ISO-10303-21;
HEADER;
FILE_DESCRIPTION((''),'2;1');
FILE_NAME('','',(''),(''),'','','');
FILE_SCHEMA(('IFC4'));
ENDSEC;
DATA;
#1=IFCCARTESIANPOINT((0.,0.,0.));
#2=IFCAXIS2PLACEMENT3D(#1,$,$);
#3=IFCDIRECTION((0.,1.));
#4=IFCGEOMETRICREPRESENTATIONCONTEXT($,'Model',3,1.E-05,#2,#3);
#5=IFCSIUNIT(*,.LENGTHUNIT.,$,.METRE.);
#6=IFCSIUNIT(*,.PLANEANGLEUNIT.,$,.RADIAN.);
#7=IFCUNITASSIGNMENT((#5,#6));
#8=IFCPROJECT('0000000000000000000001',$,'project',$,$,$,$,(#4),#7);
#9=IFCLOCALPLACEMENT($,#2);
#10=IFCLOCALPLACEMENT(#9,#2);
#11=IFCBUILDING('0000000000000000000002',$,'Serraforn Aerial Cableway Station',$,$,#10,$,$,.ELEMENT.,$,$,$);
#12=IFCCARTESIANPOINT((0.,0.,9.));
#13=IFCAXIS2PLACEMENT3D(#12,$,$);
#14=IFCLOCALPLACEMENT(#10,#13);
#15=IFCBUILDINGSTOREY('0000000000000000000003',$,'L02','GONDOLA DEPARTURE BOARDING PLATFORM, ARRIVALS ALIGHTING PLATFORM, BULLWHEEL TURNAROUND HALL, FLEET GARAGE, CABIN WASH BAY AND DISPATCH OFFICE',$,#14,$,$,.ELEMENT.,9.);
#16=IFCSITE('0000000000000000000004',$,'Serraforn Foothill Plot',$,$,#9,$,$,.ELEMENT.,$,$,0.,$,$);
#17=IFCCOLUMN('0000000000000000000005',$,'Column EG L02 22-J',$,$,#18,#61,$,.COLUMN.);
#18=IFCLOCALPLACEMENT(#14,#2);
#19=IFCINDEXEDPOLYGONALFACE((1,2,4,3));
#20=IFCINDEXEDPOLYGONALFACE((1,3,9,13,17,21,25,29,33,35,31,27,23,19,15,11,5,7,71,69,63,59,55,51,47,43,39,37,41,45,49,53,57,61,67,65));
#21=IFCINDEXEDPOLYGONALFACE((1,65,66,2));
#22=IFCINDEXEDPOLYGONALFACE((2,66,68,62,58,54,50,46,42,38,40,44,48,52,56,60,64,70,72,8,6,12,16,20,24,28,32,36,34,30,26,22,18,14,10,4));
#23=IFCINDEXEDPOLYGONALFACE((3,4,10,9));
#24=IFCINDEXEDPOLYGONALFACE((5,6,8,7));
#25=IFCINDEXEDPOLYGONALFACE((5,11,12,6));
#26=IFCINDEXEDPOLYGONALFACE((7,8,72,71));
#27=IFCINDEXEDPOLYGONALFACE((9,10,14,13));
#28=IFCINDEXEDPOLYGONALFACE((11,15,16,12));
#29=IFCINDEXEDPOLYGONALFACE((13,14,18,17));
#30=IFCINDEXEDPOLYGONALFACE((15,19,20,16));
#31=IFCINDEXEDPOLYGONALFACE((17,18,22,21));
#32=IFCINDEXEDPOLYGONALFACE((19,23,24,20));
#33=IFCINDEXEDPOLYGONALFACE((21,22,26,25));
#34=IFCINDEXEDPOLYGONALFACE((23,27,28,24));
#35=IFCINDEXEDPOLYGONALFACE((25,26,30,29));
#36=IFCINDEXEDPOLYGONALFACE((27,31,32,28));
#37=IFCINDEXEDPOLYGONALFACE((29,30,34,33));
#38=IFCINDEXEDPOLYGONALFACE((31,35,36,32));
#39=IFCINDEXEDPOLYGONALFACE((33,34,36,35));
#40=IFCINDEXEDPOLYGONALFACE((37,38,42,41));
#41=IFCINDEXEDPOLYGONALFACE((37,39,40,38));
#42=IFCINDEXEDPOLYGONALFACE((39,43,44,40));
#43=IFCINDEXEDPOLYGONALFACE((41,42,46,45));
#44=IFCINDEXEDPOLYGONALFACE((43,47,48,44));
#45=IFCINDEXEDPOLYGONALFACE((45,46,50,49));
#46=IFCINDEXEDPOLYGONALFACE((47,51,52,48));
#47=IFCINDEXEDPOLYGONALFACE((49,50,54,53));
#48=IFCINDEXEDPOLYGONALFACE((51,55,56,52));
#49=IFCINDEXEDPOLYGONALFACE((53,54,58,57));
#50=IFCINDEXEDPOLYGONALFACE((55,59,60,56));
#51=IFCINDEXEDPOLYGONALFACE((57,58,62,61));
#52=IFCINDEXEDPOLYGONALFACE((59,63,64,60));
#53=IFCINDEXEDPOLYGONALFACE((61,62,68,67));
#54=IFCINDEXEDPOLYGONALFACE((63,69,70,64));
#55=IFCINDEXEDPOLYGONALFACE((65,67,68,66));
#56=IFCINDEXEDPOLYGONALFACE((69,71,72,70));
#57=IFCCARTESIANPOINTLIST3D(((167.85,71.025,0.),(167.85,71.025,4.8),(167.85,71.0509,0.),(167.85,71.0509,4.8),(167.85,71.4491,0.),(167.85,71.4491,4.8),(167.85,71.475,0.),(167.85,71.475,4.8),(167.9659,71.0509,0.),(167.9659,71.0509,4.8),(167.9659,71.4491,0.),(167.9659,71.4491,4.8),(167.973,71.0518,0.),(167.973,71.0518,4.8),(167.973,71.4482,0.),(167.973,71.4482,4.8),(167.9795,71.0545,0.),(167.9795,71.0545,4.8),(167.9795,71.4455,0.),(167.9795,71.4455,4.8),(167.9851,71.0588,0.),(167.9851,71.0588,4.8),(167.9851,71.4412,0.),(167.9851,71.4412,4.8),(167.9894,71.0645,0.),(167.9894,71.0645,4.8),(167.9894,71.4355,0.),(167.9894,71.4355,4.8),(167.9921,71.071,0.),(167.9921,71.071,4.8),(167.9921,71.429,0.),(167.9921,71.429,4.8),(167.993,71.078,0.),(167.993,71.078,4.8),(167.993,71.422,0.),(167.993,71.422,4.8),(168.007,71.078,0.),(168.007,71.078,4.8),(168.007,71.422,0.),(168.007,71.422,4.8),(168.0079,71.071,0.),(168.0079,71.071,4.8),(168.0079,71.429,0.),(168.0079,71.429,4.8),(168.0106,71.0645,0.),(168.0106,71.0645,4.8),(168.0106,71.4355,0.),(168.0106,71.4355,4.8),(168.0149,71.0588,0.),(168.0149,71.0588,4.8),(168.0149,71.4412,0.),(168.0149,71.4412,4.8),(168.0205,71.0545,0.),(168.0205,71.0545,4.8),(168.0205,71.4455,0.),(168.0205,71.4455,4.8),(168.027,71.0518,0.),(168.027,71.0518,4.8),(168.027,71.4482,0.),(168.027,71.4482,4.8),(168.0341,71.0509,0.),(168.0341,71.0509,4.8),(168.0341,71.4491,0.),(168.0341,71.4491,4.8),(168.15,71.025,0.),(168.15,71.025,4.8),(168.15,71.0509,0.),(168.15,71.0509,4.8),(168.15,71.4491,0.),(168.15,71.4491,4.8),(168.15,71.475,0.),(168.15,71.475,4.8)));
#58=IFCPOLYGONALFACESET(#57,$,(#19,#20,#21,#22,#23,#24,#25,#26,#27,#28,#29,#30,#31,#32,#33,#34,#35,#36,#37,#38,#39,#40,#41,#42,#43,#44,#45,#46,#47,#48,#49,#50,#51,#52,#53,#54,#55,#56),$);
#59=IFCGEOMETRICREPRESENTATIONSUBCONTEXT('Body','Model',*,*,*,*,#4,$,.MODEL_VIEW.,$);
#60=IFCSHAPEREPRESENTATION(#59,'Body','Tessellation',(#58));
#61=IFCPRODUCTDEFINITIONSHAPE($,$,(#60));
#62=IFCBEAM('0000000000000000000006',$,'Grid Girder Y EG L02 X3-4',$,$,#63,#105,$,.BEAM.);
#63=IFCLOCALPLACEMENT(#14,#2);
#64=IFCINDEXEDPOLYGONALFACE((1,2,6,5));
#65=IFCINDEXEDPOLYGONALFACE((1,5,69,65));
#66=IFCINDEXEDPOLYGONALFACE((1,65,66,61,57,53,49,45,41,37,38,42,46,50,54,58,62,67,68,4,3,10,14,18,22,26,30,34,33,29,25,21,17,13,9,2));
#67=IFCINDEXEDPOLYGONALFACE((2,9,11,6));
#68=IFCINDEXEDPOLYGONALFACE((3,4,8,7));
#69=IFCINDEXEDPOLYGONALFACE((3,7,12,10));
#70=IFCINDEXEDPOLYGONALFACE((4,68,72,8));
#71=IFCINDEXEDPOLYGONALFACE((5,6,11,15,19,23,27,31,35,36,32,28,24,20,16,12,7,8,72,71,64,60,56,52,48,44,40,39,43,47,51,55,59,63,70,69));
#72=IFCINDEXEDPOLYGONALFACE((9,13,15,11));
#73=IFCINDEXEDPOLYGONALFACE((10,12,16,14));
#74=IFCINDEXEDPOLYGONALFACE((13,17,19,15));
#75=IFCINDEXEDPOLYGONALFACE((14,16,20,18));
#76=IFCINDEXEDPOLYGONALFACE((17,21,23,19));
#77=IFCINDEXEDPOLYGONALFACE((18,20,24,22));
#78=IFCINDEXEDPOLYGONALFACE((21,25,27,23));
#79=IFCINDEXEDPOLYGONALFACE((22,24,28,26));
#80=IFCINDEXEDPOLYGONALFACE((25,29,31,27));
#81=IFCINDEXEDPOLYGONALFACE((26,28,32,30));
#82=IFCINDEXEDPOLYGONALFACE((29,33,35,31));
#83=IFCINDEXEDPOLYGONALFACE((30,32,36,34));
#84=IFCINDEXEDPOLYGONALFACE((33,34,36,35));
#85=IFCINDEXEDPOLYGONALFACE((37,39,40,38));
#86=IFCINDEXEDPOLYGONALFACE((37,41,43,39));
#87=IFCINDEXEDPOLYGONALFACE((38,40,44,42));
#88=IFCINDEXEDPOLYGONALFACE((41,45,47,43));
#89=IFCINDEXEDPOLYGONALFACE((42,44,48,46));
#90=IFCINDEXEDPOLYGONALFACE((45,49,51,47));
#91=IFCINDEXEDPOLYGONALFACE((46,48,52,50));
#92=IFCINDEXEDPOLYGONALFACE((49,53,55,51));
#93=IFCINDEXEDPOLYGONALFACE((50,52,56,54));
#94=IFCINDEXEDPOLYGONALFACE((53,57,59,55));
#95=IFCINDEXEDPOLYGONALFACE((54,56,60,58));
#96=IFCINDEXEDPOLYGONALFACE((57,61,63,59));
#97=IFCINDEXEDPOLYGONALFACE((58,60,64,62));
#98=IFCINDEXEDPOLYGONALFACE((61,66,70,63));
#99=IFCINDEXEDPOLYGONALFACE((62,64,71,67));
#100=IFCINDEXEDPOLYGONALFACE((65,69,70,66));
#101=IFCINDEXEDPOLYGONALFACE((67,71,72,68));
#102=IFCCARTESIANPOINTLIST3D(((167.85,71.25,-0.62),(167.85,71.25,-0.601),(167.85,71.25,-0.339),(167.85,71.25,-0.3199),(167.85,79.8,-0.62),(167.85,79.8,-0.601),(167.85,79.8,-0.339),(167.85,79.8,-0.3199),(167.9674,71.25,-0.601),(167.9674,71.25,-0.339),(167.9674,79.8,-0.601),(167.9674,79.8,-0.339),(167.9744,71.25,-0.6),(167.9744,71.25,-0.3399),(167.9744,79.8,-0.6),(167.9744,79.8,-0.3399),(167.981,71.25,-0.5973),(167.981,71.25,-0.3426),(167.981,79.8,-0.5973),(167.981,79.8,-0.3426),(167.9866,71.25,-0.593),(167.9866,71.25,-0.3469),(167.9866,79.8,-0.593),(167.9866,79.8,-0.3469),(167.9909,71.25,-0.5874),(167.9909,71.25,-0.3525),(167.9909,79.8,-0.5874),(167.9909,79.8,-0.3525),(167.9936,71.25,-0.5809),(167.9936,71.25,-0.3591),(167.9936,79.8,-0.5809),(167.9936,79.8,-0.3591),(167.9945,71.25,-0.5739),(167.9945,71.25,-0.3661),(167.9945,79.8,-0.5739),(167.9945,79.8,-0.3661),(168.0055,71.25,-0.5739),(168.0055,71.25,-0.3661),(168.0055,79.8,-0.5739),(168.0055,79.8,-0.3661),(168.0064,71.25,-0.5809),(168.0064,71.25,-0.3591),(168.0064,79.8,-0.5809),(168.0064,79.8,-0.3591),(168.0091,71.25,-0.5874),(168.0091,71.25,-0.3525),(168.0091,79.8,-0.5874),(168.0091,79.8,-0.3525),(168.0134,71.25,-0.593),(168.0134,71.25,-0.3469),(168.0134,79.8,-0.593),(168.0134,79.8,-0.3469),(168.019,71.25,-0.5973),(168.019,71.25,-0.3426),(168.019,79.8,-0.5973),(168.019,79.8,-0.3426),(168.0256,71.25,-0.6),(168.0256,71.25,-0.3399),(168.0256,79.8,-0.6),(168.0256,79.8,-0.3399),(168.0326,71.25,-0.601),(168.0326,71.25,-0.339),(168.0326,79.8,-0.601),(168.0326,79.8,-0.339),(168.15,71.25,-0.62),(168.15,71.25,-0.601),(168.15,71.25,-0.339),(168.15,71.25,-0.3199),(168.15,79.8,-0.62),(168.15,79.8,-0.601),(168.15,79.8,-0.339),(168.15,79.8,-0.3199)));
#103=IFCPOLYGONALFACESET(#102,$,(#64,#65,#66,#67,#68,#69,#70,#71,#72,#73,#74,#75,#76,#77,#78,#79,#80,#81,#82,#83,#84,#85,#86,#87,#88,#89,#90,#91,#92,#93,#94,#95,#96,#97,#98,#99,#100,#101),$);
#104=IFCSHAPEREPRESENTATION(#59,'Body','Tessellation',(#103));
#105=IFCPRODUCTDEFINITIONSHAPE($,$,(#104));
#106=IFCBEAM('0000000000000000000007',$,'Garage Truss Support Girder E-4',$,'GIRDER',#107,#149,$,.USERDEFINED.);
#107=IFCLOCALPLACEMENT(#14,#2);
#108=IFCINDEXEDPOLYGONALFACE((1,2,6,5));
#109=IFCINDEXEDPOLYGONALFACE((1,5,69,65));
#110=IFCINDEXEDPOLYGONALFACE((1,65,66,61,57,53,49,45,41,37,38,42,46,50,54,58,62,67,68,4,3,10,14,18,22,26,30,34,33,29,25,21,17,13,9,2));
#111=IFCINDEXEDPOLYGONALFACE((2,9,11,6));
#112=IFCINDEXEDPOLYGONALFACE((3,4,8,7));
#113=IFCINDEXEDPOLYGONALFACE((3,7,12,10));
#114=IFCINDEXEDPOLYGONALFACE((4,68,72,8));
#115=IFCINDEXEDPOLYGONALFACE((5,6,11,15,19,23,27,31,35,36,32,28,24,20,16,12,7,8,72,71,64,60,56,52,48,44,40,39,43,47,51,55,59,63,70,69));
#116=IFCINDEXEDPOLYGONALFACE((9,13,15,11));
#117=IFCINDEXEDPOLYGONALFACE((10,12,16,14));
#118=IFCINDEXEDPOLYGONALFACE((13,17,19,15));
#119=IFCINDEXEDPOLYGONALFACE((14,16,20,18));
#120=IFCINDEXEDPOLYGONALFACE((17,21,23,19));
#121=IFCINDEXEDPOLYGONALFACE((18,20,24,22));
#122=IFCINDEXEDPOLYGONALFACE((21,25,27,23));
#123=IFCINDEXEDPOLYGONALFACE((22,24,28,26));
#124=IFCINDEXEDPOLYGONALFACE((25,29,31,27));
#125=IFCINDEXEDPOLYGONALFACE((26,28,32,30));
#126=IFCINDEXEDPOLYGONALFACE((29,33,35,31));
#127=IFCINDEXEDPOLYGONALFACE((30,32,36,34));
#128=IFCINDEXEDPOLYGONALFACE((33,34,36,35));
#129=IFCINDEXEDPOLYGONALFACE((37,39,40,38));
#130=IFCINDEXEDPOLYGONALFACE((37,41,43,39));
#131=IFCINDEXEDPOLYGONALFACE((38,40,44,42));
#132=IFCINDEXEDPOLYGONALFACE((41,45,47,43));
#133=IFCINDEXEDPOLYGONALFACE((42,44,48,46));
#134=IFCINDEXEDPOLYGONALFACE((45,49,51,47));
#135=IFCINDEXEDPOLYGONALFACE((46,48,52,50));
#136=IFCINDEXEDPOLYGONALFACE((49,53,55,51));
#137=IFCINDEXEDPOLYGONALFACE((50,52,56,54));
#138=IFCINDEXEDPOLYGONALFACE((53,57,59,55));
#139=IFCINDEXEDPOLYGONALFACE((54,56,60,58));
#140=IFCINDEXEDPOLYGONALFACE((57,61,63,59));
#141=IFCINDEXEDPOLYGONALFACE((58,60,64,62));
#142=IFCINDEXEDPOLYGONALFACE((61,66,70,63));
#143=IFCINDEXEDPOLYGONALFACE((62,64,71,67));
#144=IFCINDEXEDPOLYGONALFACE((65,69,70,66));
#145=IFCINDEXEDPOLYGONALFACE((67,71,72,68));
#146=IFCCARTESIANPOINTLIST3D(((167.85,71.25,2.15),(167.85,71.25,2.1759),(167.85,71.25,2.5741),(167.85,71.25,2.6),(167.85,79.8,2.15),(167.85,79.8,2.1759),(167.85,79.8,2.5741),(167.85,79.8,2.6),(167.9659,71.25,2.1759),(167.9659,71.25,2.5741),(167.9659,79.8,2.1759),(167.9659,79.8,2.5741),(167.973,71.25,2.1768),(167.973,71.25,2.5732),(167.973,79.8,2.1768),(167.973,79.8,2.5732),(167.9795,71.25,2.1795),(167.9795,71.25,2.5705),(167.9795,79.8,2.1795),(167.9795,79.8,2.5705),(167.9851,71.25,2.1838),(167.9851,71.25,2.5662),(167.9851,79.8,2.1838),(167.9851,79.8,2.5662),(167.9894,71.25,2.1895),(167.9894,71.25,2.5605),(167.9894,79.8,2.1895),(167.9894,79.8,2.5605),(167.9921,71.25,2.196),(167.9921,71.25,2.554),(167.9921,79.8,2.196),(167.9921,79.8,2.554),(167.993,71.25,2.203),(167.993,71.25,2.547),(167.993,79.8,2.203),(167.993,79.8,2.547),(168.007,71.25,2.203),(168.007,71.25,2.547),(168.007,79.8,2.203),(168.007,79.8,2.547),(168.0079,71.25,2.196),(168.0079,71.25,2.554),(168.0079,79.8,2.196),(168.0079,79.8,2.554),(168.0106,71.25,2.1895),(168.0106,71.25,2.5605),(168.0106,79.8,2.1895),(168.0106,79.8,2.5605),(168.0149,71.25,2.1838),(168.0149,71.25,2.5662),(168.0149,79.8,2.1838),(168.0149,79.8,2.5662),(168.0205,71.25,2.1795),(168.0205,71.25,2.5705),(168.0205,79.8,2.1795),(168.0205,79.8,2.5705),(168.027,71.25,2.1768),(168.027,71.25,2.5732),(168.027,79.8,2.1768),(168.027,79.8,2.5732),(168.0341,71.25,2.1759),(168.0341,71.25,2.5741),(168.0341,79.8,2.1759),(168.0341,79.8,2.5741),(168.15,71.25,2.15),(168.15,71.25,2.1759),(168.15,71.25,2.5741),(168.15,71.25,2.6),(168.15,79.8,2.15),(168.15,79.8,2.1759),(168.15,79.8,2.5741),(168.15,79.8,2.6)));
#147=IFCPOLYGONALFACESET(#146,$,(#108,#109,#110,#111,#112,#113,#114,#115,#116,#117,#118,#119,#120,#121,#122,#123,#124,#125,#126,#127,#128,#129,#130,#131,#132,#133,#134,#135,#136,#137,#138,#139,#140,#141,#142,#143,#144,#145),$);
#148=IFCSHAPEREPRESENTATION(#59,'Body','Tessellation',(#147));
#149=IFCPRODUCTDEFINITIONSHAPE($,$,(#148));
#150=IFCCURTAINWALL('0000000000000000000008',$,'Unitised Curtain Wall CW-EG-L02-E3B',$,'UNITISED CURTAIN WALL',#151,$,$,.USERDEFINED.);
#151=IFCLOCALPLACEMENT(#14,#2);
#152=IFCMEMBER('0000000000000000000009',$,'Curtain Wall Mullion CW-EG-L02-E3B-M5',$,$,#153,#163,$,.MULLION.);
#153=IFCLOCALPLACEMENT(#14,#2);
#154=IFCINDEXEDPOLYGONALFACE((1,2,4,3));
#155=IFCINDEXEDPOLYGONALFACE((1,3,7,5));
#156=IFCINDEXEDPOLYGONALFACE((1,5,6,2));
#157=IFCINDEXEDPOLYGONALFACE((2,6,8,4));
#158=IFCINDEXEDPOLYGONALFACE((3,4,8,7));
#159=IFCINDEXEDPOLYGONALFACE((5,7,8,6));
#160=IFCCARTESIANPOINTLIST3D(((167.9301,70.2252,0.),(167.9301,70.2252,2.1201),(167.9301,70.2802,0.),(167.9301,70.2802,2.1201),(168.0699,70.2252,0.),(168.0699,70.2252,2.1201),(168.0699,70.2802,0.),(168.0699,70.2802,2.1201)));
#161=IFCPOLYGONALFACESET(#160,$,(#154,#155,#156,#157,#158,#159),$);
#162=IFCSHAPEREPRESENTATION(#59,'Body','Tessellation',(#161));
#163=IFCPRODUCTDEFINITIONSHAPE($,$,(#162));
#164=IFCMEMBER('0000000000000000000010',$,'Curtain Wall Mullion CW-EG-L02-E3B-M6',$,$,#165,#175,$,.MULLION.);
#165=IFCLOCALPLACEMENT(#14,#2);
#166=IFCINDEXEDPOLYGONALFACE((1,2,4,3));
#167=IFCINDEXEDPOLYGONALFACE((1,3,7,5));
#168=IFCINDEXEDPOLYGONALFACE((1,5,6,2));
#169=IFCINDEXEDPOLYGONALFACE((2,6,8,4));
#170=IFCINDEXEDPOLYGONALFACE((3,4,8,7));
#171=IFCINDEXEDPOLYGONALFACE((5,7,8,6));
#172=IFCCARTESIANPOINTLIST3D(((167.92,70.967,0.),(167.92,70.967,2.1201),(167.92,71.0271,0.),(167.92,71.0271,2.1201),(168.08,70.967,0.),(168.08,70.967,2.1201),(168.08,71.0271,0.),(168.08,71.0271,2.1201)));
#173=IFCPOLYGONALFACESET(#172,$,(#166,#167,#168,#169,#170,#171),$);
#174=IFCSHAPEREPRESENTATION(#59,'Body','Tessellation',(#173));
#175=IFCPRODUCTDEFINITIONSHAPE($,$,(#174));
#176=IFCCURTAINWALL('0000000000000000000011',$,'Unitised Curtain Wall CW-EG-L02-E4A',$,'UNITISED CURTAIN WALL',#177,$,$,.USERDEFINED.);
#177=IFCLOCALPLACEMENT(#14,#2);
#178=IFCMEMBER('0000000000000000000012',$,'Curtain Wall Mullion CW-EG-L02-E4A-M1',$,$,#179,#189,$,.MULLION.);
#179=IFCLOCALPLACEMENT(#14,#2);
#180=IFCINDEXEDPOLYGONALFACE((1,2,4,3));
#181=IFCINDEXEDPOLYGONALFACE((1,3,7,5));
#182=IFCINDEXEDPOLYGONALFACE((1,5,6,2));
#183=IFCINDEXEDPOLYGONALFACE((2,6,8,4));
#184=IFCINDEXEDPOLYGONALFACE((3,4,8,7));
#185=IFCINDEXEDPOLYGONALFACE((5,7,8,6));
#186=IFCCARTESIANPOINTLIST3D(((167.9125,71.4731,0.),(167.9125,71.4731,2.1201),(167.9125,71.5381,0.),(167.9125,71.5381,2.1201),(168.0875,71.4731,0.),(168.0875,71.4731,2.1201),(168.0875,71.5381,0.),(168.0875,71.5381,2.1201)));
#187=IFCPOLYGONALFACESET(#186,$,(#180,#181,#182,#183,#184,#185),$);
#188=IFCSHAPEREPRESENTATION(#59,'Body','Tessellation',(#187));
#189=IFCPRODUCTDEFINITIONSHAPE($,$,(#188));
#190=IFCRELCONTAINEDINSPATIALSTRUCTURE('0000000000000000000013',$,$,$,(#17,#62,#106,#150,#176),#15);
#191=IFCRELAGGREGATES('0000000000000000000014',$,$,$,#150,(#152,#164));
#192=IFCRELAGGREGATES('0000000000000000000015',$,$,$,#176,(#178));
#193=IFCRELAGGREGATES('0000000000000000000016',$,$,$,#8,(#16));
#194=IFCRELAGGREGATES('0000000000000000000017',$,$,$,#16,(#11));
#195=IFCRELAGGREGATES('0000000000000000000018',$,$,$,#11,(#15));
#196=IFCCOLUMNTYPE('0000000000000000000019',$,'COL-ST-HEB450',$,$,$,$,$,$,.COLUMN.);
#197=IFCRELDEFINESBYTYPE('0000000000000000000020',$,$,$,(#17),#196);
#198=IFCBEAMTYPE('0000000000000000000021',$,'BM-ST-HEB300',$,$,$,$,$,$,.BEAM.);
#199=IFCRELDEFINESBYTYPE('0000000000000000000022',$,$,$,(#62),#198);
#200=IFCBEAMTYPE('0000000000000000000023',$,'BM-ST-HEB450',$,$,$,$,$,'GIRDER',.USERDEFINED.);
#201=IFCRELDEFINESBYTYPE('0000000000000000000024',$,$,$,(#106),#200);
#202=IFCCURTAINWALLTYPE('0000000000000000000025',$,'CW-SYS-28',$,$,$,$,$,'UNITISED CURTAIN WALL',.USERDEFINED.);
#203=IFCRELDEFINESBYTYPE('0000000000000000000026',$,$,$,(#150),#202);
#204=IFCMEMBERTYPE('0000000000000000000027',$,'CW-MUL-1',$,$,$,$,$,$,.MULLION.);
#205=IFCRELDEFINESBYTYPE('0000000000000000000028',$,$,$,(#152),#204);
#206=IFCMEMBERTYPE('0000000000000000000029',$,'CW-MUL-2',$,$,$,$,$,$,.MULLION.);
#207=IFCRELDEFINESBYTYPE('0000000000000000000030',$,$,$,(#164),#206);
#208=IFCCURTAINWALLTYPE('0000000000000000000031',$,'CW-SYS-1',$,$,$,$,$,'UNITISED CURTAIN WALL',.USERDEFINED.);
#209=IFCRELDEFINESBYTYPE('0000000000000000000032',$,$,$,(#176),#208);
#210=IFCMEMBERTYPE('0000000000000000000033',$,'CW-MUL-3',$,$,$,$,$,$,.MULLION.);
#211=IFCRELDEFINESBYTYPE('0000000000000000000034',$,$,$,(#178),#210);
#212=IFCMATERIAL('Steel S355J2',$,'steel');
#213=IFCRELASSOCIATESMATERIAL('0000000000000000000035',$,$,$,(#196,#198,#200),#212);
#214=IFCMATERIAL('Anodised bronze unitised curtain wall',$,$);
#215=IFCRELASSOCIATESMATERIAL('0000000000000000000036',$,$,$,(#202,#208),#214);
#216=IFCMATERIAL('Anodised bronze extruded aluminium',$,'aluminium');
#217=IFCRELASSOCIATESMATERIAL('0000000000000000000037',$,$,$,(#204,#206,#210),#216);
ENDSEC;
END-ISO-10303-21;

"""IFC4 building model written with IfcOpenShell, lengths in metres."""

from ifc_helpers import new_model, si_unit, direction, frame, origin, origin_2d, place, context, subcontext, project, spatial, rectangle, i_section, extrude, material, material_profile, profile_set, type_object, element, aggregate, save


model = new_model("IFC4")

# Units and contexts
model_context = context("Model", 3, precision=1e-05, world=origin(), true_north=direction((0.0, 1.0)))
body_context = subcontext(model_context, "Body", "Model", "MODEL_VIEW")
ifc_project = project(units=[si_unit("LENGTHUNIT", "METRE"), si_unit("PLANEANGLEUNIT", "RADIAN")], contexts=[model_context])

# Site, building, storey
site_placement = place(None, origin())
site = spatial("IfcSite", under=ifc_project, at=site_placement, Name="Serraforn Foothill Plot", CompositionType="ELEMENT", RefElevation=0.0)
building_placement = place(site_placement, origin())
building = spatial("IfcBuilding", under=site, at=building_placement, Name="Serraforn Aerial Cableway Station", CompositionType="ELEMENT")
storey_placement = place(building_placement, frame((0.0, 0.0, 9.0)))
storey = spatial("IfcBuildingStorey", under=building, at=storey_placement, Name="L02", Description="GONDOLA DEPARTURE BOARDING PLATFORM, ARRIVALS ALIGHTING PLATFORM, BULLWHEEL TURNAROUND HALL, FLEET GARAGE, CABIN WASH BAY AND DISPATCH OFFICE", CompositionType="ELEMENT", Elevation=9.0)

# Column
ifc_material_1 = material(Name="Steel S355J2", Category="steel")
ifc_material_profile_1 = material_profile(ifc_material_1, i_section(OverallWidth=0.3, OverallDepth=0.45, WebThickness=0.0139, FlangeThickness=0.0259, FilletRadius=0.0271, at=origin_2d()), Name="HEB 450")
ifc_profile_set_1 = profile_set([ifc_material_profile_1], Name="Steel S355J2")
column_type = type_object("IfcColumnType", Name="COL-ST-HEB450", PredefinedType="COLUMN", material=ifc_profile_set_1)
column_placement = place(storey_placement, frame((168.0, 71.25, 0.0), z_axis=(0.0, 0.0, 1.0), x_axis=(1.0, 0.0, 0.0)))
element("IfcColumn", 1, at=column_placement, inside=storey, type_object=column_type, Name="Column EG L02 22-J", PredefinedType="COLUMN", context=body_context, shape_type="SweptSolid", body=[
    extrude(i_section(OverallWidth=0.3, OverallDepth=0.45, WebThickness=0.0139, FlangeThickness=0.0259, FilletRadius=0.0271, at=origin_2d()), origin(), (0.0, 0.0, 1.0), 4.8),
])

# Beams
ifc_material_profile_2 = material_profile(ifc_material_1, i_section(OverallWidth=0.3, OverallDepth=0.3, WebThickness=0.011, FlangeThickness=0.019, FilletRadius=0.0271, at=origin_2d()), Name="HEB 300")
ifc_profile_set_2 = profile_set([ifc_material_profile_2], Name="Steel S355J2")
beam_type_1 = type_object("IfcBeamType", Name="BM-ST-HEB300", PredefinedType="BEAM", material=ifc_profile_set_2)
beam_1_placement = place(storey_placement, frame((168.0, 71.25, -0.47), z_axis=(0.0, 1.0, 0.0), x_axis=(-1.0, 0.0, 0.0)))
element("IfcBeam", 2, at=beam_1_placement, inside=storey, type_object=beam_type_1, Name="Grid Girder Y EG L02 X3-4", PredefinedType="BEAM", context=body_context, shape_type="SweptSolid", body=[
    extrude(i_section(OverallWidth=0.3, OverallDepth=0.3, WebThickness=0.011, FlangeThickness=0.019, FilletRadius=0.0271, at=origin_2d()), origin(), (0.0, 0.0, 1.0), 8.55),
])
ifc_material_profile_3 = material_profile(ifc_material_1, i_section(OverallWidth=0.3, OverallDepth=0.45, WebThickness=0.0139, FlangeThickness=0.0259, FilletRadius=0.0271, at=origin_2d()), Name="HEB 450")
ifc_profile_set_3 = profile_set([ifc_material_profile_3], Name="Steel S355J2")
beam_type_2 = type_object("IfcBeamType", Name="BM-ST-HEB450", ElementType="GIRDER", PredefinedType="USERDEFINED", material=ifc_profile_set_3)
beam_2_placement = place(storey_placement, frame((168.0, 71.25, 2.375), z_axis=(0.0, 1.0, 0.0), x_axis=(-1.0, 0.0, 0.0)))
element("IfcBeam", 3, at=beam_2_placement, inside=storey, type_object=beam_type_2, Name="Garage Truss Support Girder E-4", ObjectType="GIRDER", PredefinedType="USERDEFINED", context=body_context, shape_type="SweptSolid", body=[
    extrude(i_section(OverallWidth=0.3, OverallDepth=0.45, WebThickness=0.0139, FlangeThickness=0.0259, FilletRadius=0.0271, at=origin_2d()), origin(), (0.0, 0.0, 1.0), 8.55),
])

# Curtain wall, members
ifc_material_2 = material(Name="Anodised bronze unitised curtain wall")
curtain_wall_type_1 = type_object("IfcCurtainWallType", Name="CW-SYS-28", ElementType="UNITISED CURTAIN WALL", PredefinedType="USERDEFINED", material=ifc_material_2)
curtain_wall_1_placement = place(storey_placement, origin())
curtain_wall_1 = element("IfcCurtainWall", 4, at=curtain_wall_1_placement, inside=storey, type_object=curtain_wall_type_1, Name="Unitised Curtain Wall CW-EG-L02-E3B", ObjectType="UNITISED CURTAIN WALL", PredefinedType="USERDEFINED")
ifc_material_3 = material(Name="Anodised bronze extruded aluminium", Category="aluminium")
ifc_material_profile_4 = material_profile(ifc_material_3, rectangle(XDim=0.0549, YDim=0.1399, at=origin_2d()), Name="CW MULLION 55x140")
ifc_profile_set_4 = profile_set([ifc_material_profile_4], Name="Anodised bronze extruded aluminium")
member_type_1 = type_object("IfcMemberType", Name="CW-MUL-1", PredefinedType="MULLION", material=ifc_profile_set_4)
member_1_placement = place(storey_placement, frame((168.0, 70.2527, 0.0), z_axis=(0.0, 0.0, 1.0), x_axis=(0.0, 1.0, 0.0)))
member_1 = element("IfcMember", 5, at=member_1_placement, type_object=member_type_1, Name="Curtain Wall Mullion CW-EG-L02-E3B-M5", PredefinedType="MULLION", context=body_context, shape_type="SweptSolid", body=[
    extrude(rectangle(XDim=0.0549, YDim=0.1399, at=origin_2d()), origin(), (0.0, 0.0, 1.0), 2.1201),
])
ifc_material_profile_5 = material_profile(ifc_material_3, rectangle(XDim=0.0601, YDim=0.1599, at=origin_2d()), Name="CW MULLION 60x160")
ifc_profile_set_5 = profile_set([ifc_material_profile_5], Name="Anodised bronze extruded aluminium")
member_type_2 = type_object("IfcMemberType", Name="CW-MUL-2", PredefinedType="MULLION", material=ifc_profile_set_5)
member_2_placement = place(storey_placement, frame((168.0, 70.9971, 0.0), z_axis=(0.0, 0.0, 1.0), x_axis=(0.0, 1.0, 0.0)))
member_2 = element("IfcMember", 6, at=member_2_placement, type_object=member_type_2, Name="Curtain Wall Mullion CW-EG-L02-E3B-M6", PredefinedType="MULLION", context=body_context, shape_type="SweptSolid", body=[
    extrude(rectangle(XDim=0.0601, YDim=0.1599, at=origin_2d()), origin(), (0.0, 0.0, 1.0), 2.1201),
])

# Curtain wall, member
curtain_wall_type_2 = type_object("IfcCurtainWallType", Name="CW-SYS-1", ElementType="UNITISED CURTAIN WALL", PredefinedType="USERDEFINED", material=ifc_material_2)
curtain_wall_2_placement = place(storey_placement, origin())
curtain_wall_2 = element("IfcCurtainWall", 7, at=curtain_wall_2_placement, inside=storey, type_object=curtain_wall_type_2, Name="Unitised Curtain Wall CW-EG-L02-E4A", ObjectType="UNITISED CURTAIN WALL", PredefinedType="USERDEFINED")
ifc_material_profile_6 = material_profile(ifc_material_3, rectangle(XDim=0.0649, YDim=0.175, at=origin_2d()), Name="CW MULLION 65x175")
ifc_profile_set_6 = profile_set([ifc_material_profile_6], Name="Anodised bronze extruded aluminium")
member_type_3 = type_object("IfcMemberType", Name="CW-MUL-3", PredefinedType="MULLION", material=ifc_profile_set_6)
member_3_placement = place(storey_placement, frame((168.0, 71.5056, 0.0), z_axis=(0.0, 0.0, 1.0), x_axis=(0.0, 1.0, 0.0)))
member_3 = element("IfcMember", 8, at=member_3_placement, type_object=member_type_3, Name="Curtain Wall Mullion CW-EG-L02-E4A-M1", PredefinedType="MULLION", context=body_context, shape_type="SweptSolid", body=[
    extrude(rectangle(XDim=0.0649, YDim=0.175, at=origin_2d()), origin(), (0.0, 0.0, 1.0), 2.1201),
])

aggregate(curtain_wall_1, [member_1, member_2])
aggregate(curtain_wall_2, [member_3])

save(model, "model.ifc")
